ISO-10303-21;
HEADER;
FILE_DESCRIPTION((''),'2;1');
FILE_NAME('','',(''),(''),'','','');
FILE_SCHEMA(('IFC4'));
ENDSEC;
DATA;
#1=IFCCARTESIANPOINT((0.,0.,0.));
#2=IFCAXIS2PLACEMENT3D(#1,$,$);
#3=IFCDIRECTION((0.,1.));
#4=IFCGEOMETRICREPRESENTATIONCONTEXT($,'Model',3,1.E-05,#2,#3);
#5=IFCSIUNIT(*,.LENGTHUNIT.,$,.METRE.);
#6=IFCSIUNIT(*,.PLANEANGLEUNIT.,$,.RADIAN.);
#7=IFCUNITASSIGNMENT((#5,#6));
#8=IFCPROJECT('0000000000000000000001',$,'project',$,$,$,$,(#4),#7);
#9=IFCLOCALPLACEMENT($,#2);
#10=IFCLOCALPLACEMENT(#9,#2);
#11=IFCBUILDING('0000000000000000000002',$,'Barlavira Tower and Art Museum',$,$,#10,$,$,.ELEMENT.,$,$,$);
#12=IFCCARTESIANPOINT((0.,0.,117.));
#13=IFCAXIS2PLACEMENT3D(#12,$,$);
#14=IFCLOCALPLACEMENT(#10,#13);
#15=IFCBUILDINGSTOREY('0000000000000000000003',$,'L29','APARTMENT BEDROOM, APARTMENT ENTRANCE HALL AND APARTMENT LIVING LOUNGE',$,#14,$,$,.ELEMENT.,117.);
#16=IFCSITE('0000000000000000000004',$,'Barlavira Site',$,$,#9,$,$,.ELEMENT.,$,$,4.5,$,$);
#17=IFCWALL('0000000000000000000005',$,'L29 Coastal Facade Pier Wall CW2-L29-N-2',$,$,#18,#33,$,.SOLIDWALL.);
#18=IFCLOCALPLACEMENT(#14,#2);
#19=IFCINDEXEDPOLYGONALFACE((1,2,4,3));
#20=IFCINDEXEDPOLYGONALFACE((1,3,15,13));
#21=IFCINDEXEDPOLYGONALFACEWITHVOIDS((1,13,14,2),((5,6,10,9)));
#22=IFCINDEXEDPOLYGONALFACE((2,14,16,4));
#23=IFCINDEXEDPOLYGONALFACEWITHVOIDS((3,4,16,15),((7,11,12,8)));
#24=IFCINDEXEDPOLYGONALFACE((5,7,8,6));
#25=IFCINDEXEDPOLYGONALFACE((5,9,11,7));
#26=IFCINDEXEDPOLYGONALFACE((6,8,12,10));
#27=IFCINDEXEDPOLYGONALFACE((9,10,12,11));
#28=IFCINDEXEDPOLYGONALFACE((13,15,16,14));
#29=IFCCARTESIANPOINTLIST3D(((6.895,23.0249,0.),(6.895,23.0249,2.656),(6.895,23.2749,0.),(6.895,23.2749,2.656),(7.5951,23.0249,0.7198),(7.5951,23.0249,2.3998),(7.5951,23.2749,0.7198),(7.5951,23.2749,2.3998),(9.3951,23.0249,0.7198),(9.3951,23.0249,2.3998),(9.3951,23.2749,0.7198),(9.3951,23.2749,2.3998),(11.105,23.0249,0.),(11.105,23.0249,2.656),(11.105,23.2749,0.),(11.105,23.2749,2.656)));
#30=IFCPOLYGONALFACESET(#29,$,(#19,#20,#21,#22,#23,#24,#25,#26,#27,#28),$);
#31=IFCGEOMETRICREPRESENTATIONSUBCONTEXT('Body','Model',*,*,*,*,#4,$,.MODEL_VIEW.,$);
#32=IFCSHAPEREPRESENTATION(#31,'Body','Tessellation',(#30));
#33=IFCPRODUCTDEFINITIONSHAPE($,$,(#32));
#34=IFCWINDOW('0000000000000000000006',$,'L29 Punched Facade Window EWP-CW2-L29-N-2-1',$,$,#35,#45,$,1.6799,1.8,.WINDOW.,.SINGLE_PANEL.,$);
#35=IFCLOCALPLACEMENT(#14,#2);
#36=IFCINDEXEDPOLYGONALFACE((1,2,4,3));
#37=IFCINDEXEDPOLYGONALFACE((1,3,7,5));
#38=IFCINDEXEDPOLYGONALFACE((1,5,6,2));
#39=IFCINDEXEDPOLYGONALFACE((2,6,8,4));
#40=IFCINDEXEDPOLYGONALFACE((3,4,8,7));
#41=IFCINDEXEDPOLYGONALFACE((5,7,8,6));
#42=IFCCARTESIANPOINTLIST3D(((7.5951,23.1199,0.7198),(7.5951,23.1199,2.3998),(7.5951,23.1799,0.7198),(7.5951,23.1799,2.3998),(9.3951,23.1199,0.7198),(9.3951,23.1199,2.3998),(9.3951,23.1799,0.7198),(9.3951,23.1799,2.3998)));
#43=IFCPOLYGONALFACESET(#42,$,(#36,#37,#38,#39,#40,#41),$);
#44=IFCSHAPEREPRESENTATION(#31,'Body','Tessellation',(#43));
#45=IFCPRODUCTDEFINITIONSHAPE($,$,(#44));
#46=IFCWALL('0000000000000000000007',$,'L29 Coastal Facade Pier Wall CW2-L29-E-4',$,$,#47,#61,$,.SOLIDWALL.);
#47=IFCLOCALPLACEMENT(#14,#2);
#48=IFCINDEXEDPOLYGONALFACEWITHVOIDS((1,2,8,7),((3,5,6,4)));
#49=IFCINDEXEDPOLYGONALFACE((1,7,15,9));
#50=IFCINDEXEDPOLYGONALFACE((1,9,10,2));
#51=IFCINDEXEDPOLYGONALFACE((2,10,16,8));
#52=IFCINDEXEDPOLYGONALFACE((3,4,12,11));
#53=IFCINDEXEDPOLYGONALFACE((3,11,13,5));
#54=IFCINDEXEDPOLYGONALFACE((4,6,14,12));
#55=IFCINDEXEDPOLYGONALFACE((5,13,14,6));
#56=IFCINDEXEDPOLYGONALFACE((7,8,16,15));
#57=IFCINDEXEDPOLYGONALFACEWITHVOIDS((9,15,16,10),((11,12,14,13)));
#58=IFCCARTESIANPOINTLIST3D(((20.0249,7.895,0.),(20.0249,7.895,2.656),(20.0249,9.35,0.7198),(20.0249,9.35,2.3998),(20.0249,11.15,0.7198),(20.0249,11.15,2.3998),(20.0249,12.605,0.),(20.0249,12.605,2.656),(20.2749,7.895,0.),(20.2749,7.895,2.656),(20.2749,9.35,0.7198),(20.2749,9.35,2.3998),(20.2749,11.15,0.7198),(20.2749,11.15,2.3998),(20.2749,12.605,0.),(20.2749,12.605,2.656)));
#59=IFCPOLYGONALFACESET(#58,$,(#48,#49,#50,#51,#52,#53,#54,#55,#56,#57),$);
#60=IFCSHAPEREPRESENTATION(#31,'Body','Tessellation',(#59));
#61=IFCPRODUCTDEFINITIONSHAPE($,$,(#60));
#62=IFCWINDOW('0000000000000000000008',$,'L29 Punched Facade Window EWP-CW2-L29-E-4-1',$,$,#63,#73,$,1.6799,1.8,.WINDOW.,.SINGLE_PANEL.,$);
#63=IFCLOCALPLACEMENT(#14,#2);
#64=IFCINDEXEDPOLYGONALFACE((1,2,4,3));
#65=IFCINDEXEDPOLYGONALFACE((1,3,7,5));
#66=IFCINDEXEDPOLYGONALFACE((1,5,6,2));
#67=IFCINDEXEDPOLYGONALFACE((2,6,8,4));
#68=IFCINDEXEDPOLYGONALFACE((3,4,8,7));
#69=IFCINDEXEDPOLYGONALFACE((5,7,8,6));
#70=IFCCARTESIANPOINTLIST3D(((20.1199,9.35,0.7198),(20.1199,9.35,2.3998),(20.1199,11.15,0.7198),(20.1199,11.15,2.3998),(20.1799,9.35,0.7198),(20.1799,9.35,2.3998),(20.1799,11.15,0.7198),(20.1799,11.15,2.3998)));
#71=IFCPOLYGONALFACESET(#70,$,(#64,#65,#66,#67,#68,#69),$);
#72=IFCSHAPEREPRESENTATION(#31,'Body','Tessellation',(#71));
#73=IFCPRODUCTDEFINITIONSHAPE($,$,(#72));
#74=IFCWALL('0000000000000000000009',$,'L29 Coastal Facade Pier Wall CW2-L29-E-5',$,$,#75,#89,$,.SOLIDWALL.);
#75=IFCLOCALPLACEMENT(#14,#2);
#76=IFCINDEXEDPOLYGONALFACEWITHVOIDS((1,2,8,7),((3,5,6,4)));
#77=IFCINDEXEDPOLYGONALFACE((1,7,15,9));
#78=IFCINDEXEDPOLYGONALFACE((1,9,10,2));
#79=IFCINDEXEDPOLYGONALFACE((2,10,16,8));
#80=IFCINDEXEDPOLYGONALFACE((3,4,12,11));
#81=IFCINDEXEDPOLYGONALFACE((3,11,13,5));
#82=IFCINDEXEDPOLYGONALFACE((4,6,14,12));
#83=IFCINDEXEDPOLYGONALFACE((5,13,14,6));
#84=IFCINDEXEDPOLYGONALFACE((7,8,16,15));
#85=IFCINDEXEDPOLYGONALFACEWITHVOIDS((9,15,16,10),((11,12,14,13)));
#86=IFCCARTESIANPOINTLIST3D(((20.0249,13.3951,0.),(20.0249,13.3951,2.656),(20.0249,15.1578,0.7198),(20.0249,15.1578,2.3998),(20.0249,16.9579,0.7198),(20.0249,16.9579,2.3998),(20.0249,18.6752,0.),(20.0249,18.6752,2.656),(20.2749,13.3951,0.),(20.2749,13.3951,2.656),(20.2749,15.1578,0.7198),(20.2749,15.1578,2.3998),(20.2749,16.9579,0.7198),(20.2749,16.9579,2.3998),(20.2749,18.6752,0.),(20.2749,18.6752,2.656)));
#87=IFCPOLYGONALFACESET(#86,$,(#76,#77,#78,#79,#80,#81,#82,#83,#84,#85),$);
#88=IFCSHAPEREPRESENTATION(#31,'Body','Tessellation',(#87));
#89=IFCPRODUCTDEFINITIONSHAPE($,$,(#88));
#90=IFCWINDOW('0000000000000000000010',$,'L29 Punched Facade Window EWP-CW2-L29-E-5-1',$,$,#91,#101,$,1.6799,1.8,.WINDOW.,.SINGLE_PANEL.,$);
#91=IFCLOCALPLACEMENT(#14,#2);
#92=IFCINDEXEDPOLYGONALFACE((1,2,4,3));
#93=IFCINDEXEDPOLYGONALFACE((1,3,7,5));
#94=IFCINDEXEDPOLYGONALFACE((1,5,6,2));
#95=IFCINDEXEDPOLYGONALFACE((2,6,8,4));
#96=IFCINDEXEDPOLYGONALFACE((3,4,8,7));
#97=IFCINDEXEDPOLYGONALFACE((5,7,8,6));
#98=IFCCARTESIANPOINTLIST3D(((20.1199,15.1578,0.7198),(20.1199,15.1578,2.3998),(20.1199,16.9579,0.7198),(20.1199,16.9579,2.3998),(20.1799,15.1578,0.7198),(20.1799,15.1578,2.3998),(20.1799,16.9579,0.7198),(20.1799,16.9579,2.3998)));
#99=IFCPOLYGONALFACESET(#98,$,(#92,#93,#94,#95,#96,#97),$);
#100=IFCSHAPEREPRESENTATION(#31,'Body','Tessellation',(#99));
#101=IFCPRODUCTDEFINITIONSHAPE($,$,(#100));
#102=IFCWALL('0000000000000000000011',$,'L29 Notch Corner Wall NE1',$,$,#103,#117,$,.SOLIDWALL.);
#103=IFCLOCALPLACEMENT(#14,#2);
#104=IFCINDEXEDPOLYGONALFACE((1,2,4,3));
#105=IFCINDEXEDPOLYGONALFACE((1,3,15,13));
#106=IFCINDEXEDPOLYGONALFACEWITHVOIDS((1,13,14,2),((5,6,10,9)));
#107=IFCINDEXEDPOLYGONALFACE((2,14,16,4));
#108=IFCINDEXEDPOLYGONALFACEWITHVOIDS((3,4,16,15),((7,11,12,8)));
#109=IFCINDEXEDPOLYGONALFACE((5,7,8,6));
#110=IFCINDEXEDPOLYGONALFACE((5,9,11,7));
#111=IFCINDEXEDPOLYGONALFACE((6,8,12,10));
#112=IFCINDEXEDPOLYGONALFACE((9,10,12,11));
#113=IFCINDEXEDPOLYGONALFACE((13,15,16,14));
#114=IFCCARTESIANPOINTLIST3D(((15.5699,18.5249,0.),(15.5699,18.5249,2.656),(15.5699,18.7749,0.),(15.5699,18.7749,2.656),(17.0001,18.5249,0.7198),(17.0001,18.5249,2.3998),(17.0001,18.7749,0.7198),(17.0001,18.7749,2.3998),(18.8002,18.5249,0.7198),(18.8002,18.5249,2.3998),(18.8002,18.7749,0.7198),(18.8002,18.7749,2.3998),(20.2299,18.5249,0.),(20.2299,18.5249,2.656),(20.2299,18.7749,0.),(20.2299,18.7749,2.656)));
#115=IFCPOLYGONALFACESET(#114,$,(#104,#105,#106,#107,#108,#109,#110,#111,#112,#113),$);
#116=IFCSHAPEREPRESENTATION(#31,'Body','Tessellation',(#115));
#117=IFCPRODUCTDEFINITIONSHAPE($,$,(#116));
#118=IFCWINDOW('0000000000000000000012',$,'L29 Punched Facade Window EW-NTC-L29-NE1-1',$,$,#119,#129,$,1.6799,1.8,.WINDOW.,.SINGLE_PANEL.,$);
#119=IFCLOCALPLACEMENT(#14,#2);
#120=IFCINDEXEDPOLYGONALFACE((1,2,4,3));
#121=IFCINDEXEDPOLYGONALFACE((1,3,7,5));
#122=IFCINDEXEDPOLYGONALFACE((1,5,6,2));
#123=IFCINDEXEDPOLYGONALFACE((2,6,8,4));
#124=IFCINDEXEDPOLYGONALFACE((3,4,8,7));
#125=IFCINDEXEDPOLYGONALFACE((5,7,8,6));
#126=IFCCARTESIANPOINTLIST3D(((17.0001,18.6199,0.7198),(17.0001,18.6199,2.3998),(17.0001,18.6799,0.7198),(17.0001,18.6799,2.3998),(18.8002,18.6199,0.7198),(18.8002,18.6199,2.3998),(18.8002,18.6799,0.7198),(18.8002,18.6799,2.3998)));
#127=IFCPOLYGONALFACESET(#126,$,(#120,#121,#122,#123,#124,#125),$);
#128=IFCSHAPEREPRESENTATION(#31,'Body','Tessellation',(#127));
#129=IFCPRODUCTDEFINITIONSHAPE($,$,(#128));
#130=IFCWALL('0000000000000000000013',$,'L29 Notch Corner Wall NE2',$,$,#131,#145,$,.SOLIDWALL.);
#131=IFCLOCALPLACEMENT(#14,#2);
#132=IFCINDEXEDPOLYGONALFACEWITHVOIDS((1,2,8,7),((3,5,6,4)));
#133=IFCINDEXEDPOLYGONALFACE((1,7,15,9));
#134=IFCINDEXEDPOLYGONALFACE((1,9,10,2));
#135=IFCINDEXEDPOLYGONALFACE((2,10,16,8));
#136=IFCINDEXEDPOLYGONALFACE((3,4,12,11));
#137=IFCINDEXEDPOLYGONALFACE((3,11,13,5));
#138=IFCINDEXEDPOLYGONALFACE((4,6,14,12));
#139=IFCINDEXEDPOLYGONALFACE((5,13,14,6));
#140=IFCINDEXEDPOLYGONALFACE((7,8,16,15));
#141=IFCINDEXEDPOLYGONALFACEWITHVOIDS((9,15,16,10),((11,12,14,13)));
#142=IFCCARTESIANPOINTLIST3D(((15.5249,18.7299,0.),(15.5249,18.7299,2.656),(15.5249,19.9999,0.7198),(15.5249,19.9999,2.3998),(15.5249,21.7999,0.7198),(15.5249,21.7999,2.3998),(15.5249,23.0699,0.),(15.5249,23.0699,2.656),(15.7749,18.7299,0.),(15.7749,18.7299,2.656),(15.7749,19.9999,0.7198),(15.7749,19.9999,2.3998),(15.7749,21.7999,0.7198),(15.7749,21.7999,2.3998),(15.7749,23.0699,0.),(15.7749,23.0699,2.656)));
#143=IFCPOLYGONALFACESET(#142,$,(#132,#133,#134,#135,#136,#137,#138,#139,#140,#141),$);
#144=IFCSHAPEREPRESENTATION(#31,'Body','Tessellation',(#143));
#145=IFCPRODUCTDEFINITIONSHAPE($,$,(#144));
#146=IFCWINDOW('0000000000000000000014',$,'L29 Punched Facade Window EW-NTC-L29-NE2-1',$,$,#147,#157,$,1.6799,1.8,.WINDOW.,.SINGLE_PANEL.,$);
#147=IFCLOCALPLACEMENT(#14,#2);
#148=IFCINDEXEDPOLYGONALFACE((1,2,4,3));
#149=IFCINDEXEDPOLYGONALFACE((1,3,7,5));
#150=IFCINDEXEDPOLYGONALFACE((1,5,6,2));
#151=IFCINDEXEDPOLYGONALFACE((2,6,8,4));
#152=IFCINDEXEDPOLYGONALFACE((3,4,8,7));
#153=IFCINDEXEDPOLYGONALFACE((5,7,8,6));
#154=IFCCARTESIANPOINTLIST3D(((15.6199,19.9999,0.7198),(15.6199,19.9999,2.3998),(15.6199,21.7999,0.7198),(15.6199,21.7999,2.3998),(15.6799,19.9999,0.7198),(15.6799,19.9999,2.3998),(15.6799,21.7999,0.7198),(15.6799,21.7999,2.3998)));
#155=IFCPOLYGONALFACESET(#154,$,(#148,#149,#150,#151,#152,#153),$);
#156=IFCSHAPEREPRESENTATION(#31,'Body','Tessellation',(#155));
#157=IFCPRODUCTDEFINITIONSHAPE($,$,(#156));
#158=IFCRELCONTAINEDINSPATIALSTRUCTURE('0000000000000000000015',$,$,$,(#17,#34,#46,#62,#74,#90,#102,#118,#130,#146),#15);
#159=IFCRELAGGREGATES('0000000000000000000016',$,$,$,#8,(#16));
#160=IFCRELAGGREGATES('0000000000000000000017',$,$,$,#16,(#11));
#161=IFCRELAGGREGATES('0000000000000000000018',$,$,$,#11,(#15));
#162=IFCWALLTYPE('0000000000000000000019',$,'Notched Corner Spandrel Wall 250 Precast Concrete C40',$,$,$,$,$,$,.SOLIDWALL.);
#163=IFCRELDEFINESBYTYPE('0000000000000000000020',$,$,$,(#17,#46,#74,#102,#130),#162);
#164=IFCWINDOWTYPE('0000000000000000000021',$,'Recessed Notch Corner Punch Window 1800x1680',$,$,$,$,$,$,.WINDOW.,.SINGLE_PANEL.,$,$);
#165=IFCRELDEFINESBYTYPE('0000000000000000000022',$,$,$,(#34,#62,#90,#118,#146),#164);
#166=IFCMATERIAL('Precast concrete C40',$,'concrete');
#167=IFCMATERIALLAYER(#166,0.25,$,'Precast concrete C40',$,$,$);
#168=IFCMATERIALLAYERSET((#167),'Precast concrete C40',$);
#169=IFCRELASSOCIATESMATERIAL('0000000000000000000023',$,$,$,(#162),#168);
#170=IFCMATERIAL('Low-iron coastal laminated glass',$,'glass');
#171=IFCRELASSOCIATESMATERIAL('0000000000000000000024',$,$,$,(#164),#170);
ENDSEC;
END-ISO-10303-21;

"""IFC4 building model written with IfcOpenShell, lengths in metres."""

from ifc_helpers import new_model, si_unit, direction, frame, frame_2d, origin, place, context, subcontext, project, spatial, rectangle, extrude, material, layer, layer_set, type_object, element, fill, save


model = new_model("IFC4")

# Units and contexts
model_context = context("Model", 3, precision=1e-05, world=origin(), true_north=direction((0.0, 1.0)))
body_context = subcontext(model_context, "Body", "Model", "MODEL_VIEW")
ifc_project = project(units=[si_unit("LENGTHUNIT", "METRE"), si_unit("PLANEANGLEUNIT", "RADIAN")], contexts=[model_context])

# Site, building, storey
site_placement = place(None, origin())
site = spatial("IfcSite", under=ifc_project, at=site_placement, Name="Barlavira Site", CompositionType="ELEMENT", RefElevation=4.5)
building_placement = place(site_placement, origin())
building = spatial("IfcBuilding", under=site, at=building_placement, Name="Barlavira Tower and Art Museum", CompositionType="ELEMENT")
storey_placement = place(building_placement, frame((0.0, 0.0, 117.0)))
storey = spatial("IfcBuildingStorey", under=building, at=storey_placement, Name="L29", Description="APARTMENT BEDROOM, APARTMENT ENTRANCE HALL AND APARTMENT LIVING LOUNGE", CompositionType="ELEMENT", Elevation=117.0)

# Walls, openings, windows
ifc_material_1 = material(Name="Precast concrete C40", Category="concrete")
ifc_layer_1 = layer(ifc_material_1, 0.25, Name="Precast concrete C40")
ifc_layer_set_1 = layer_set([ifc_layer_1], Name="Precast concrete C40")
wall_type_1 = type_object("IfcWallType", Name="Notched Corner Spandrel Wall 250 Precast Concrete C40", PredefinedType="SOLIDWALL", material=ifc_layer_set_1)
ifc_material_2 = material(Name="Low-iron coastal laminated glass", Category="glass")
window_type = type_object("IfcWindowType", Name="Recessed Notch Corner Punch Window 1800x1680", PartitioningType="SINGLE_PANEL", PredefinedType="WINDOW", material=ifc_material_2)
wall_1_placement = place(storey_placement, frame((11.105, 23.1499, 0.0), z_axis=(0.0, 0.0, 1.0), x_axis=(-1.0, 0.0, 0.0)))
wall_1 = element("IfcWall", 1, at=wall_1_placement, inside=storey, type_object=wall_type_1, Name="L29 Coastal Facade Pier Wall CW2-L29-N-2", PredefinedType="SOLIDWALL", context=body_context, shape_type="SweptSolid", body=[
    extrude(rectangle(XDim=4.21, YDim=0.25, at=frame_2d((2.105, 0.0))), origin(), (0.0, 0.0, 1.0), 2.656),
])
opening_1_placement = place(wall_1_placement, frame((1.71, 0.0, 0.72)))
opening_1 = element("IfcOpeningElement", 2, at=opening_1_placement, cuts=wall_1, PredefinedType="OPENING", context=body_context, shape_type="SweptSolid", body=[
    extrude(rectangle(XDim=1.8, YDim=1.6799, at=frame_2d((0.8999, 0.8398))), frame((0.0, 0.135, 0.0), z_axis=(0.0, -1.0, 0.0), x_axis=(1.0, 0.0, 0.0)), (0.0, 0.0, 1.0), 0.27),
])
window_1_placement = place(opening_1_placement, origin())
window_1 = element("IfcWindow", 3, at=window_1_placement, inside=storey, type_object=window_type, Name="L29 Punched Facade Window EWP-CW2-L29-N-2-1", OverallHeight=1.6799, OverallWidth=1.8, PartitioningType="SINGLE_PANEL", PredefinedType="WINDOW", context=body_context, shape_type="SweptSolid", body=[
    extrude(rectangle(XDim=1.8, YDim=1.6799, at=frame_2d((0.8999, 0.8398))), frame((0.0, 0.03, 0.0), z_axis=(0.0, -1.0, 0.0), x_axis=(1.0, 0.0, 0.0)), (0.0, 0.0, 1.0), 0.0601),
])
fill(opening_1, window_1)
wall_2_placement = place(storey_placement, frame((20.1499, 7.895, 0.0), z_axis=(0.0, 0.0, 1.0), x_axis=(0.0, 1.0, 0.0)))
wall_2 = element("IfcWall", 4, at=wall_2_placement, inside=storey, type_object=wall_type_1, Name="L29 Coastal Facade Pier Wall CW2-L29-E-4", PredefinedType="SOLIDWALL", context=body_context, shape_type="SweptSolid", body=[
    extrude(rectangle(XDim=4.71, YDim=0.25, at=frame_2d((2.355, 0.0))), origin(), (0.0, 0.0, 1.0), 2.656),
])
opening_2_placement = place(wall_2_placement, frame((1.4551, 0.0, 0.72)))
opening_2 = element("IfcOpeningElement", 5, at=opening_2_placement, cuts=wall_2, PredefinedType="OPENING", context=body_context, shape_type="SweptSolid", body=[
    extrude(rectangle(XDim=1.8, YDim=1.6799, at=frame_2d((0.8999, 0.8398))), frame((0.0, 0.135, 0.0), z_axis=(0.0, -1.0, 0.0), x_axis=(1.0, 0.0, 0.0)), (0.0, 0.0, 1.0), 0.27),
])
window_2_placement = place(opening_2_placement, origin())
window_2 = element("IfcWindow", 6, at=window_2_placement, inside=storey, type_object=window_type, Name="L29 Punched Facade Window EWP-CW2-L29-E-4-1", OverallHeight=1.6799, OverallWidth=1.8, PartitioningType="SINGLE_PANEL", PredefinedType="WINDOW", context=body_context, shape_type="SweptSolid", body=[
    extrude(rectangle(XDim=1.8, YDim=1.6799, at=frame_2d((0.8999, 0.8398))), frame((0.0, 0.03, 0.0), z_axis=(0.0, -1.0, 0.0), x_axis=(1.0, 0.0, 0.0)), (0.0, 0.0, 1.0), 0.0601),
])
fill(opening_2, window_2)
wall_3_placement = place(storey_placement, frame((20.1499, 13.395, 0.0), z_axis=(0.0, 0.0, 1.0), x_axis=(0.0, 1.0, 0.0)))
wall_3 = element("IfcWall", 7, at=wall_3_placement, inside=storey, type_object=wall_type_1, Name="L29 Coastal Facade Pier Wall CW2-L29-E-5", PredefinedType="SOLIDWALL", context=body_context, shape_type="SweptSolid", body=[
    extrude(rectangle(XDim=5.28, YDim=0.25, at=frame_2d((2.6401, 0.0))), origin(), (0.0, 0.0, 1.0), 2.656),
])
opening_3_placement = place(wall_3_placement, frame((1.7629, 0.0, 0.72)))
opening_3 = element("IfcOpeningElement", 8, at=opening_3_placement, cuts=wall_3, PredefinedType="OPENING", context=body_context, shape_type="SweptSolid", body=[
    extrude(rectangle(XDim=1.8, YDim=1.6799, at=frame_2d((0.8999, 0.8398))), frame((0.0, 0.135, 0.0), z_axis=(0.0, -1.0, 0.0), x_axis=(1.0, 0.0, 0.0)), (0.0, 0.0, 1.0), 0.27),
])
window_3_placement = place(opening_3_placement, origin())
window_3 = element("IfcWindow", 9, at=window_3_placement, inside=storey, type_object=window_type, Name="L29 Punched Facade Window EWP-CW2-L29-E-5-1", OverallHeight=1.6799, OverallWidth=1.8, PartitioningType="SINGLE_PANEL", PredefinedType="WINDOW", context=body_context, shape_type="SweptSolid", body=[
    extrude(rectangle(XDim=1.8, YDim=1.6799, at=frame_2d((0.8999, 0.8398))), frame((0.0, 0.03, 0.0), z_axis=(0.0, -1.0, 0.0), x_axis=(1.0, 0.0, 0.0)), (0.0, 0.0, 1.0), 0.0601),
])
fill(opening_3, window_3)
wall_4_placement = place(storey_placement, frame((20.23, 18.6499, 0.0), z_axis=(0.0, 0.0, 1.0), x_axis=(-1.0, 0.0, 0.0)))
wall_4 = element("IfcWall", 10, at=wall_4_placement, inside=storey, type_object=wall_type_1, Name="L29 Notch Corner Wall NE1", PredefinedType="SOLIDWALL", context=body_context, shape_type="SweptSolid", body=[
    extrude(rectangle(XDim=4.6599, YDim=0.25, at=frame_2d((2.3301, 0.0))), origin(), (0.0, 0.0, 1.0), 2.656),
])
opening_4_placement = place(wall_4_placement, frame((1.4299, 0.0, 0.72)))
opening_4 = element("IfcOpeningElement", 11, at=opening_4_placement, cuts=wall_4, PredefinedType="OPENING", context=body_context, shape_type="SweptSolid", body=[
    extrude(rectangle(XDim=1.8, YDim=1.6799, at=frame_2d((0.8999, 0.8398))), frame((0.0, 0.135, 0.0), z_axis=(0.0, -1.0, 0.0), x_axis=(1.0, 0.0, 0.0)), (0.0, 0.0, 1.0), 0.27),
])
window_4_placement = place(opening_4_placement, origin())
window_4 = element("IfcWindow", 12, at=window_4_placement, inside=storey, type_object=window_type, Name="L29 Punched Facade Window EW-NTC-L29-NE1-1", OverallHeight=1.6799, OverallWidth=1.8, PartitioningType="SINGLE_PANEL", PredefinedType="WINDOW", context=body_context, shape_type="SweptSolid", body=[
    extrude(rectangle(XDim=1.8, YDim=1.6799, at=frame_2d((0.8999, 0.8398))), frame((0.0, 0.03, 0.0), z_axis=(0.0, -1.0, 0.0), x_axis=(1.0, 0.0, 0.0)), (0.0, 0.0, 1.0), 0.0601),
])
fill(opening_4, window_4)
wall_5_placement = place(storey_placement, frame((15.6499, 18.73, 0.0), z_axis=(0.0, 0.0, 1.0), x_axis=(0.0, 1.0, 0.0)))
wall_5 = element("IfcWall", 13, at=wall_5_placement, inside=storey, type_object=wall_type_1, Name="L29 Notch Corner Wall NE2", PredefinedType="SOLIDWALL", context=body_context, shape_type="SweptSolid", body=[
    extrude(rectangle(XDim=4.3401, YDim=0.25, at=frame_2d((2.1699, 0.0))), origin(), (0.0, 0.0, 1.0), 2.656),
])
opening_5_placement = place(wall_5_placement, frame((1.27, 0.0, 0.72)))
opening_5 = element("IfcOpeningElement", 14, at=opening_5_placement, cuts=wall_5, PredefinedType="OPENING", context=body_context, shape_type="SweptSolid", body=[
    extrude(rectangle(XDim=1.8, YDim=1.6799, at=frame_2d((0.8999, 0.8398))), frame((0.0, 0.135, 0.0), z_axis=(0.0, -1.0, 0.0), x_axis=(1.0, 0.0, 0.0)), (0.0, 0.0, 1.0), 0.27),
])
window_5_placement = place(opening_5_placement, origin())
window_5 = element("IfcWindow", 15, at=window_5_placement, inside=storey, type_object=window_type, Name="L29 Punched Facade Window EW-NTC-L29-NE2-1", OverallHeight=1.6799, OverallWidth=1.8, PartitioningType="SINGLE_PANEL", PredefinedType="WINDOW", context=body_context, shape_type="SweptSolid", body=[
    extrude(rectangle(XDim=1.8, YDim=1.6799, at=frame_2d((0.8999, 0.8398))), frame((0.0, 0.03, 0.0), z_axis=(0.0, -1.0, 0.0), x_axis=(1.0, 0.0, 0.0)), (0.0, 0.0, 1.0), 0.0601),
])
fill(opening_5, window_5)

save(model, "model.ifc")
